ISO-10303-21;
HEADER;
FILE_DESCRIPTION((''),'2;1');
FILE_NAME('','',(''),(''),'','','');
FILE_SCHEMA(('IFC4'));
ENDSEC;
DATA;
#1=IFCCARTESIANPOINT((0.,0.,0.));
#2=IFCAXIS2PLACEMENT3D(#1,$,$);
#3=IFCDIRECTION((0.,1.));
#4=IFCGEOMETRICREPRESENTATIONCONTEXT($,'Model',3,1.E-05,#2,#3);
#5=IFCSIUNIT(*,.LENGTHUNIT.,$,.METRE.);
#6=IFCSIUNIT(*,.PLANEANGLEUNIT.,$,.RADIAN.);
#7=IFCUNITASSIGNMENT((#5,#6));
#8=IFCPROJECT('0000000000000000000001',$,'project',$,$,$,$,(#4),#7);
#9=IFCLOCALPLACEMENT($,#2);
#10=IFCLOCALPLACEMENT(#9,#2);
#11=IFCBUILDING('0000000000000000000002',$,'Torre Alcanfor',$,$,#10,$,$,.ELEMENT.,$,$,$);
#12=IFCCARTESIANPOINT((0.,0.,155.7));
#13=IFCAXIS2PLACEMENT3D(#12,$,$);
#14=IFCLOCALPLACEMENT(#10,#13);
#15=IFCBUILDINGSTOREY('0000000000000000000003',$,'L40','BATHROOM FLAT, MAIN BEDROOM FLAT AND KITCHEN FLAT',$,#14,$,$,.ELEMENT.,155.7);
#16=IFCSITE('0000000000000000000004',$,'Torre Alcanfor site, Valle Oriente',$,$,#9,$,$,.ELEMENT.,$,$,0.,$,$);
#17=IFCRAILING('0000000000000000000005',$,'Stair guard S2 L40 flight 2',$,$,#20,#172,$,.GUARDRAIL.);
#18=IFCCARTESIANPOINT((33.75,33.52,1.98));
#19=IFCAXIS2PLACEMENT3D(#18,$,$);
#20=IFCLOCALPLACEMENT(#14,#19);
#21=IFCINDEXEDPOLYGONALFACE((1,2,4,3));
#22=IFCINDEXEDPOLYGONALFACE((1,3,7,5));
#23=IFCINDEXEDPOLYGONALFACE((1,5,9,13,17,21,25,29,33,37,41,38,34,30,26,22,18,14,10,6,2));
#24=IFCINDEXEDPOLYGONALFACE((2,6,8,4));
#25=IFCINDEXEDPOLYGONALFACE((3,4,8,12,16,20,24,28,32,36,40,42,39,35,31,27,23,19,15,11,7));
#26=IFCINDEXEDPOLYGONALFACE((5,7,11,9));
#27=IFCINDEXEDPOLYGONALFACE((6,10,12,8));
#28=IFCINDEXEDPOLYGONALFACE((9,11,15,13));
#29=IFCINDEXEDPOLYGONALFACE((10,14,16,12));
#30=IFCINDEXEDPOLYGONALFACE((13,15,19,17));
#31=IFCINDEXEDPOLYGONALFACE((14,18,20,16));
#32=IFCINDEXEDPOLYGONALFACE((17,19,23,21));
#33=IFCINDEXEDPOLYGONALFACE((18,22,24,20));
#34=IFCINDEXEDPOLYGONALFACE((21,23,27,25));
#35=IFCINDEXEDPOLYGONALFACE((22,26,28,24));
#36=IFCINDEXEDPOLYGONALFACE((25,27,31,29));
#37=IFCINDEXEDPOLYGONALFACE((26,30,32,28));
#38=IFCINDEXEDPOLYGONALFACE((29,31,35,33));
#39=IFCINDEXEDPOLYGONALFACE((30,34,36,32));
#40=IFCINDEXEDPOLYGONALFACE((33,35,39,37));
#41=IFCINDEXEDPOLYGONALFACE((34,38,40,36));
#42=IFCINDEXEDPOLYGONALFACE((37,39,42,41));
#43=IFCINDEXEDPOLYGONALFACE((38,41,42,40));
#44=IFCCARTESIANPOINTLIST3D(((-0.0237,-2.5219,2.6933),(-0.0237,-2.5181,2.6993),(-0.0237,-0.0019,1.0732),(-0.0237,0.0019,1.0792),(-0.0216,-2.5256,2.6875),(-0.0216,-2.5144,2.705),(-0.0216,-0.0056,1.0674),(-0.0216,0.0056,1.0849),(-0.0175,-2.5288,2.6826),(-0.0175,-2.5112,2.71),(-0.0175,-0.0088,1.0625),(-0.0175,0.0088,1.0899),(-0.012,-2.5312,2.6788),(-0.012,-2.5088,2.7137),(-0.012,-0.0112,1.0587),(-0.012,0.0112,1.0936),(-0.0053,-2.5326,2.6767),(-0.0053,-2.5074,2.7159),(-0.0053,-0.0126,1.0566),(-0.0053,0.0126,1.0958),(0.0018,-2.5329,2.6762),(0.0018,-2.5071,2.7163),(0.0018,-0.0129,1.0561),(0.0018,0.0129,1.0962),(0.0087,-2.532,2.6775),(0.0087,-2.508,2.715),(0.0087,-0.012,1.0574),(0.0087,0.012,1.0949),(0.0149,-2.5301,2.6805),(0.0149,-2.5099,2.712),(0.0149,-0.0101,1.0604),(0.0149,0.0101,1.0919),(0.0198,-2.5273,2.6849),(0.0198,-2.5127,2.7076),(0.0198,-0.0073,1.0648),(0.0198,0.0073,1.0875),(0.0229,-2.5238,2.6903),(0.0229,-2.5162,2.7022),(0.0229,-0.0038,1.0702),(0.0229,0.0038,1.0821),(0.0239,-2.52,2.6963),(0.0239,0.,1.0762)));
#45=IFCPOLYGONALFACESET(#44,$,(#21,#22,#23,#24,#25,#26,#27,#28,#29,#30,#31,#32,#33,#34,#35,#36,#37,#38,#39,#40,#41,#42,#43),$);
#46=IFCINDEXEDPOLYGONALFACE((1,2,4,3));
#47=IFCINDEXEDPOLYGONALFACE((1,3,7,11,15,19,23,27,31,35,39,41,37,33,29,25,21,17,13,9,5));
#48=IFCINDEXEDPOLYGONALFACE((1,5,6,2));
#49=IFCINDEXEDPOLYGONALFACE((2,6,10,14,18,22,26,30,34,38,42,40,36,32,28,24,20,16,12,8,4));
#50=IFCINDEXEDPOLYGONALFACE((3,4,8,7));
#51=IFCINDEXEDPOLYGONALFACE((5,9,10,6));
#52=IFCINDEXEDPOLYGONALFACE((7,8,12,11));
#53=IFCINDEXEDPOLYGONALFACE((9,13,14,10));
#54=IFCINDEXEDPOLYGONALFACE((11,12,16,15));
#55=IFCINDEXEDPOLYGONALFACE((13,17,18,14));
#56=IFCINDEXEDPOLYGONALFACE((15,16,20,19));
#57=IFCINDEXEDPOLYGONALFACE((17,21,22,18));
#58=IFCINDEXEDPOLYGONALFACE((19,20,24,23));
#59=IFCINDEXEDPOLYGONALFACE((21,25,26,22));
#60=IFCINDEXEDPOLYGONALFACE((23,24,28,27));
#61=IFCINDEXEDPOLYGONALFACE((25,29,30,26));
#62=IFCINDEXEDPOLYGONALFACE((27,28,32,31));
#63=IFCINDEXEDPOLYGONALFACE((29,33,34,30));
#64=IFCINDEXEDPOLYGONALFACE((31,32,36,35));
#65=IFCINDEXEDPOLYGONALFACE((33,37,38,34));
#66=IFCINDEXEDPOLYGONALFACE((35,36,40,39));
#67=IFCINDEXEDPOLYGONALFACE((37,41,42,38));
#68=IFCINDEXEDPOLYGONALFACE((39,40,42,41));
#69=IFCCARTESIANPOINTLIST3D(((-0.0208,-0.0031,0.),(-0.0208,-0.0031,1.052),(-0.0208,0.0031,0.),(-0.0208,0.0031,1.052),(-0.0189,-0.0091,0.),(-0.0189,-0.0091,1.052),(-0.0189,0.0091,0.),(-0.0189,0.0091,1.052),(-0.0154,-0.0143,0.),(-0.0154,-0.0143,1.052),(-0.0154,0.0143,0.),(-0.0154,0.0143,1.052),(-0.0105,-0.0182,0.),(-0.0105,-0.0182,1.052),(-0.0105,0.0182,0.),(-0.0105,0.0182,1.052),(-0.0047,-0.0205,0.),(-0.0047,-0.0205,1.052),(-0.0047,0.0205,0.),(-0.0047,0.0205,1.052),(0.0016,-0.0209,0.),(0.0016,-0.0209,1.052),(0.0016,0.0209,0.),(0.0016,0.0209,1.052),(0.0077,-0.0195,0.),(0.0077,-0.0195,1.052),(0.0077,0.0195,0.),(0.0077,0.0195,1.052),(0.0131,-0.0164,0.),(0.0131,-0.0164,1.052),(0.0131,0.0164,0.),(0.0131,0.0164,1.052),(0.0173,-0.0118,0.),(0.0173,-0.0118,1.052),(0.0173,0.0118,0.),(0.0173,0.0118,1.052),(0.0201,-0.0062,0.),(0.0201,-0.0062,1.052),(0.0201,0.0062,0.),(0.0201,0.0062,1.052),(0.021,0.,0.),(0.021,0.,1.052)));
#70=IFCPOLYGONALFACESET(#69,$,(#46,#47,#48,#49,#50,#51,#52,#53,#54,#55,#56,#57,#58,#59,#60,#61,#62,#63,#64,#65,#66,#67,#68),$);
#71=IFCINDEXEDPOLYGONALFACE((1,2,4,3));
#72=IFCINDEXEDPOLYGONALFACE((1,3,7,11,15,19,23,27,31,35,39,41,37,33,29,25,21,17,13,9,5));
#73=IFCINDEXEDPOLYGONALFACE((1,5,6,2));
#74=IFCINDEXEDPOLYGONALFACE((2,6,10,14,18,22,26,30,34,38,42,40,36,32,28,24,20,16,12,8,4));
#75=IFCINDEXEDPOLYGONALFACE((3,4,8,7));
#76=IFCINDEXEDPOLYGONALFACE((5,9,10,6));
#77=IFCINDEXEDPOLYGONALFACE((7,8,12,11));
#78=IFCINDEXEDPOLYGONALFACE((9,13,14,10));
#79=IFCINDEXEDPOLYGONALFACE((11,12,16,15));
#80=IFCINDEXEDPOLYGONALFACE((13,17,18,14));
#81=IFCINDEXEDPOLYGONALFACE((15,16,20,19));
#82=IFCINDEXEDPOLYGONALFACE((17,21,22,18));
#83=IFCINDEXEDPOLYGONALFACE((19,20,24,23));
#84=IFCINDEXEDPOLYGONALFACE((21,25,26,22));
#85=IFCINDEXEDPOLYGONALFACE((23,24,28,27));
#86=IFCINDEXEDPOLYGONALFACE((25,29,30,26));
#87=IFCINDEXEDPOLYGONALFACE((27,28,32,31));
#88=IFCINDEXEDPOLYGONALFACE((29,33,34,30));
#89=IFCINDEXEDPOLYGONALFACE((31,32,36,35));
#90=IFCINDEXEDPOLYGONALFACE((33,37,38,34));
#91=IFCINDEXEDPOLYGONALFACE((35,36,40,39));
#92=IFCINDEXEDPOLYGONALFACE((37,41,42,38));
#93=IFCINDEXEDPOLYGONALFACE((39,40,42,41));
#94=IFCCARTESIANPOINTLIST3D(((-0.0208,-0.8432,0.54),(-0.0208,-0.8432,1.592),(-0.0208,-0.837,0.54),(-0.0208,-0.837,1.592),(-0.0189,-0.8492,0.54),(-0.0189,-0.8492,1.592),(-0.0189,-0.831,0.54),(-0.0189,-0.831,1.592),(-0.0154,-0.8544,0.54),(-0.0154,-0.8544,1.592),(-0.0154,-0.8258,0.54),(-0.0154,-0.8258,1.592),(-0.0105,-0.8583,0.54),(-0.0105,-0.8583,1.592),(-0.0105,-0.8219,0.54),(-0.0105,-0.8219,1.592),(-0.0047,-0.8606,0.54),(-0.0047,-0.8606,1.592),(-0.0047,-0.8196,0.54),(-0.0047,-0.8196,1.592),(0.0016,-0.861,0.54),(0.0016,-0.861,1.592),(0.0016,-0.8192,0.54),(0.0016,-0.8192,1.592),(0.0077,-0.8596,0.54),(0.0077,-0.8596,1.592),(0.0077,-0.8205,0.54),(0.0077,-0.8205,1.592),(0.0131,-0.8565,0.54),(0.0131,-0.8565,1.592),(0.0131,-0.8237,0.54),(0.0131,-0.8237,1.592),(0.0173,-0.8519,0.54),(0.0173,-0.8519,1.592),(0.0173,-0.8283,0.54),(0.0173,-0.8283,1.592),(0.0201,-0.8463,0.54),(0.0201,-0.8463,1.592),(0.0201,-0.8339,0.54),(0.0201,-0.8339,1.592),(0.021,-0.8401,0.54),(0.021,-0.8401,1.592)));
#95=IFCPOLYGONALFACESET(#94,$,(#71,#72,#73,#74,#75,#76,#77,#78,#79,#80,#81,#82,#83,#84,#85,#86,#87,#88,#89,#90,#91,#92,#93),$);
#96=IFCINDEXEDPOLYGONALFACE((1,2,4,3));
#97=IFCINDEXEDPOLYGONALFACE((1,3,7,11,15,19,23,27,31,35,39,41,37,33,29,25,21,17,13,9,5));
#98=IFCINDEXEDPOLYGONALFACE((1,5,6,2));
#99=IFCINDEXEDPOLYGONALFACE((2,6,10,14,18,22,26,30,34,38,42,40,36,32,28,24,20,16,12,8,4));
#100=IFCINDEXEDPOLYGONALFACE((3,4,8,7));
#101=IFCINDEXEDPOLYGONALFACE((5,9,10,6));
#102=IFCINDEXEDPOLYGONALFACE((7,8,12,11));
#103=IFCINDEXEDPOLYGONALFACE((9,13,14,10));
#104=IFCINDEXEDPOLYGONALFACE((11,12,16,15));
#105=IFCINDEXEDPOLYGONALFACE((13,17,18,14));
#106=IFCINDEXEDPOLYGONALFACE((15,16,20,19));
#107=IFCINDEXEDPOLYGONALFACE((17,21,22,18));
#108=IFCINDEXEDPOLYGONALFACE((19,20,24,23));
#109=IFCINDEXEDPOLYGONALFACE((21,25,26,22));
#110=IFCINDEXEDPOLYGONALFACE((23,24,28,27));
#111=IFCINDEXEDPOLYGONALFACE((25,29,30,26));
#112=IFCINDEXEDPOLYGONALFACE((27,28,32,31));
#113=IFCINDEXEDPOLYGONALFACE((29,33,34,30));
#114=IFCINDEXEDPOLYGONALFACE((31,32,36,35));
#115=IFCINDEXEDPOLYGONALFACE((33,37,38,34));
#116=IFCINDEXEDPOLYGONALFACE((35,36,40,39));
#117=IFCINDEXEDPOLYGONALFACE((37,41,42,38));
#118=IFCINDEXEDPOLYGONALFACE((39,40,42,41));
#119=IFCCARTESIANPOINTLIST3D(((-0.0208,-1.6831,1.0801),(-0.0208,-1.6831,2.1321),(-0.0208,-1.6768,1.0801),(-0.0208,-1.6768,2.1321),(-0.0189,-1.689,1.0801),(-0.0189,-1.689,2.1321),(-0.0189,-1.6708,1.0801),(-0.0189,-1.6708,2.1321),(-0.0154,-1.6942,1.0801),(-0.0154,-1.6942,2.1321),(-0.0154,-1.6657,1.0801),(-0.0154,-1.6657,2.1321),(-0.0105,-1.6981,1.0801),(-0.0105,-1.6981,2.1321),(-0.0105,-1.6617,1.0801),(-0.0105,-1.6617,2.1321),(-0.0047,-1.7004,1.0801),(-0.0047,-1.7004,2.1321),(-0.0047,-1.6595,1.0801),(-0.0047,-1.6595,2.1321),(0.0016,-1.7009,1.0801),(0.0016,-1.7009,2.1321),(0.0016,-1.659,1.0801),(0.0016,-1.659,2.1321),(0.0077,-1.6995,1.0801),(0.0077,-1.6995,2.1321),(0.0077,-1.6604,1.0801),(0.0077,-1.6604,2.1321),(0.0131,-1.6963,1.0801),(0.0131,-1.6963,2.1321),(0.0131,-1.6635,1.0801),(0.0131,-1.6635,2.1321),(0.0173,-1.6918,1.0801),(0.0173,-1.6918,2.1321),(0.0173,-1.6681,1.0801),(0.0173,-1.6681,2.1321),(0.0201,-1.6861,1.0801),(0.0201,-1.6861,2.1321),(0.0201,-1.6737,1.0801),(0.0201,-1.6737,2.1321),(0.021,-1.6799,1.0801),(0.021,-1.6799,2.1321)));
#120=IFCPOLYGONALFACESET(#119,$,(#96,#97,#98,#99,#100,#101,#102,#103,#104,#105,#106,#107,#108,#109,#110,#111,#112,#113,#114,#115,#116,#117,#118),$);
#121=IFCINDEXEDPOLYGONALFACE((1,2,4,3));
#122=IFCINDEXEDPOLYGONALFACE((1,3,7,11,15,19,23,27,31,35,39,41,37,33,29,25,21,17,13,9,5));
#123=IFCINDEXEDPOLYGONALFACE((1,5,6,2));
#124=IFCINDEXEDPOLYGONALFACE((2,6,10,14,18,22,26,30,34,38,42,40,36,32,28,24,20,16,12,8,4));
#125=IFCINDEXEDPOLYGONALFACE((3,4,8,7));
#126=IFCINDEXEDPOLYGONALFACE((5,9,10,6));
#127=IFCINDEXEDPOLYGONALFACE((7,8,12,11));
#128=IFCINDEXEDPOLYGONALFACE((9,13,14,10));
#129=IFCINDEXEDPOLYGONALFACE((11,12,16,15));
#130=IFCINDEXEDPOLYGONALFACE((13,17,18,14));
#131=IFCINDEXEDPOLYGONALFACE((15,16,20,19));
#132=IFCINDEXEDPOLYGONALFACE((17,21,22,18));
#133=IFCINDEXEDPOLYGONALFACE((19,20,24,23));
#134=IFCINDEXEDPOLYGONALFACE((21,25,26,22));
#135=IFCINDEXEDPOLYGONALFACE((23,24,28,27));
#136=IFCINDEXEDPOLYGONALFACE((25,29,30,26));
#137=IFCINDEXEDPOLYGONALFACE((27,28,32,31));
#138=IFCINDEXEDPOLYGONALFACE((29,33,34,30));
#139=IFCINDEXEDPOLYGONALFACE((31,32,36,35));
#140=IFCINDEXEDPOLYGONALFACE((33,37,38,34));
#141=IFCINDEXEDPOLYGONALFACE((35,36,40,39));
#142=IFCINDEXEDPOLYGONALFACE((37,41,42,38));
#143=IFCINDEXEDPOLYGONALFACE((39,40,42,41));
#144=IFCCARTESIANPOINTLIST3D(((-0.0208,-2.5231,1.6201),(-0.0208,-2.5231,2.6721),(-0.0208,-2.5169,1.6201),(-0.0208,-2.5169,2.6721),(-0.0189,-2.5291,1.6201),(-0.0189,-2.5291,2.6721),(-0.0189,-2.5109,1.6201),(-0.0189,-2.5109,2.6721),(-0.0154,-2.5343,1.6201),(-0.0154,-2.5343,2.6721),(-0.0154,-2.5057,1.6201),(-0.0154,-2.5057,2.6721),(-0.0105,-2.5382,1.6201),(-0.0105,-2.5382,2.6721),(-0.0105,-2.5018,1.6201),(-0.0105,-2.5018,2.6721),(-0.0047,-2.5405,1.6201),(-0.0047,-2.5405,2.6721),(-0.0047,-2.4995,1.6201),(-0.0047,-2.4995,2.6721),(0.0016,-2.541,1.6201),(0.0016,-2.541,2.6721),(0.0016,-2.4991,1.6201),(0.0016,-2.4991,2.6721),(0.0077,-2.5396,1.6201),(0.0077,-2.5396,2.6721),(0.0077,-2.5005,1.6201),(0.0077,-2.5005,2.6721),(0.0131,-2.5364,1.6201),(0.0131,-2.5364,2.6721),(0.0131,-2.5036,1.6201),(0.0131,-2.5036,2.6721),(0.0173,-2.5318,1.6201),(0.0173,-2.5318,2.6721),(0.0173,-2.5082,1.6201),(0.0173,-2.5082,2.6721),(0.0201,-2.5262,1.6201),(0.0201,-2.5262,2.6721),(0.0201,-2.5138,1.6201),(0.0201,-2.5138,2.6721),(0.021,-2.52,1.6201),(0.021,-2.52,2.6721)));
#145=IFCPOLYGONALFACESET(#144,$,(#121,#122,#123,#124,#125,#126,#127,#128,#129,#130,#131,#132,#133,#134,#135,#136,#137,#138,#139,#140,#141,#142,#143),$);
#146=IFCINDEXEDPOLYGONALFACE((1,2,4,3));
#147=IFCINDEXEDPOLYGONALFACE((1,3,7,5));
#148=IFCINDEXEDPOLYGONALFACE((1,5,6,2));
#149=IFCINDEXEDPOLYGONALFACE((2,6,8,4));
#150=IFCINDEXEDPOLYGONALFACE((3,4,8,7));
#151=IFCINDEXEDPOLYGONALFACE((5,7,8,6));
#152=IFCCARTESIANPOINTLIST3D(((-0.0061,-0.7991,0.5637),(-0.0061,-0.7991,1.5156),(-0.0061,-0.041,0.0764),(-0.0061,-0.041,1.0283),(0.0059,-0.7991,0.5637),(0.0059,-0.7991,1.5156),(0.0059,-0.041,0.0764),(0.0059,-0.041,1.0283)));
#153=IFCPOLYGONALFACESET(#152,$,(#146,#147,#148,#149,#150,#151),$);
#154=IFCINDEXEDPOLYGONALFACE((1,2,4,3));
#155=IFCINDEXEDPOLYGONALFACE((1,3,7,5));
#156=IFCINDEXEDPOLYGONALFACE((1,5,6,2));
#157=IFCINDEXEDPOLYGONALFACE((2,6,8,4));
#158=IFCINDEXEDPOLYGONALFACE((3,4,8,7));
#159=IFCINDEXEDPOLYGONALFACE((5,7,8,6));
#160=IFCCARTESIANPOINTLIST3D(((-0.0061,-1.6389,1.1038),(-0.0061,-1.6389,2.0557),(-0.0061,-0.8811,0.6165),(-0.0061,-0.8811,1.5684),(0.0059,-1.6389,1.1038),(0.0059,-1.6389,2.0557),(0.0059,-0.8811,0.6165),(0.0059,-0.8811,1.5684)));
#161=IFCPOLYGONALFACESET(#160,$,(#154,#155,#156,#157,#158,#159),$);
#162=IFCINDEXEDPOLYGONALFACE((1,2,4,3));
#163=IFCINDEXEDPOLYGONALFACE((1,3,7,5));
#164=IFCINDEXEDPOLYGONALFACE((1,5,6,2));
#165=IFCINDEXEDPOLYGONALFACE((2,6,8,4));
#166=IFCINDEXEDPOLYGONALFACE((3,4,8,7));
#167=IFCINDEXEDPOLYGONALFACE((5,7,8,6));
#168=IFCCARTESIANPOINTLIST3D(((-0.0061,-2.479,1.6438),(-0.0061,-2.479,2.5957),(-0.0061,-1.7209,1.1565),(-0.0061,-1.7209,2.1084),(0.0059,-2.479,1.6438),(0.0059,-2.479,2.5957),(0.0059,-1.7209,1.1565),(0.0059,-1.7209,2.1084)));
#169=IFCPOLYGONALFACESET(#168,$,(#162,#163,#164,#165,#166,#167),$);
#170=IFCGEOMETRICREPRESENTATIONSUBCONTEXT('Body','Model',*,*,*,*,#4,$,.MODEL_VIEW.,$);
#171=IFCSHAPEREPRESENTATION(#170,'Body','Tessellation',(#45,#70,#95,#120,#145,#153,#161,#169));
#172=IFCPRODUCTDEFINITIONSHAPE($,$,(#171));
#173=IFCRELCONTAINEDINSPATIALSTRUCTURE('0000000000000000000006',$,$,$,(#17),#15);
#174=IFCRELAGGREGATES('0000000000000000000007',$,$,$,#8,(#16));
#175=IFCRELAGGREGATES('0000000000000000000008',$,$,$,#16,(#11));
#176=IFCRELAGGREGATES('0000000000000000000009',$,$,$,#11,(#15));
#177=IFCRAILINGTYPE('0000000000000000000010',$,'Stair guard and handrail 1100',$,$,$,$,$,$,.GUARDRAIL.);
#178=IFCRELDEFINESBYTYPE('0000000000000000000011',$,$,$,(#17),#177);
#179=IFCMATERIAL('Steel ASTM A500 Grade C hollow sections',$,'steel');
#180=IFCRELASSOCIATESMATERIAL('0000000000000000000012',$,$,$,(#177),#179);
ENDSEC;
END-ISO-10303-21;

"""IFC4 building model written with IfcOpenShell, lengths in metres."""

from ifc_helpers import new_model, si_unit, direction, frame, origin, origin_2d, place, context, subcontext, project, spatial, polyline, circle, outline, extrude, material, type_object, element, save


model = new_model("IFC4")

# Units and contexts
model_context = context("Model", 3, precision=1e-05, world=origin(), true_north=direction((0.0, 1.0)))
body_context = subcontext(model_context, "Body", "Model", "MODEL_VIEW")
ifc_project = project(units=[si_unit("LENGTHUNIT", "METRE"), si_unit("PLANEANGLEUNIT", "RADIAN")], contexts=[model_context])

# Site, building, storey
site_placement = place(None, origin())
site = spatial("IfcSite", under=ifc_project, at=site_placement, Name="Torre Alcanfor site, Valle Oriente", CompositionType="ELEMENT", RefElevation=0.0)
building_placement = place(site_placement, origin())
building = spatial("IfcBuilding", under=site, at=building_placement, Name="Torre Alcanfor", CompositionType="ELEMENT")
storey_placement = place(building_placement, frame((0.0, 0.0, 155.7)))
storey = spatial("IfcBuildingStorey", under=building, at=storey_placement, Name="L40", Description="BATHROOM FLAT, MAIN BEDROOM FLAT AND KITCHEN FLAT", CompositionType="ELEMENT", Elevation=155.7)

# Railing
ifc_material_1 = material(Name="Steel ASTM A500 Grade C hollow sections", Category="steel")
railing_type_1 = type_object("IfcRailingType", Name="Stair guard and handrail 1100", PredefinedType="GUARDRAIL", material=ifc_material_1)
railing_1_placement = place(storey_placement, frame((33.75, 33.52, 1.98)))
element("IfcRailing", 1, at=railing_1_placement, inside=storey, type_object=railing_type_1, Name="Stair guard S2 L40 flight 2", PredefinedType="GUARDRAIL", context=body_context, shape_type="SweptSolid", body=[
    extrude(circle(Radius=0.0239, at=origin_2d()), frame((0.0, 0.0, 1.0762), z_axis=(0.0, -0.841163, 0.540782), x_axis=(1.0, 0.0, 0.0)), (0.0, 0.0, 1.0), 2.9958),
    extrude(circle(Radius=0.021, at=origin_2d()), origin(), (0.0, 0.0, 1.0), 1.052),
    extrude(circle(Radius=0.021, at=origin_2d()), frame((0.0, -0.8401, 0.54)), (0.0, 0.0, 1.0), 1.052),
    extrude(circle(Radius=0.021, at=origin_2d()), frame((0.0, -1.6799, 1.0801)), (0.0, 0.0, 1.0), 1.052),
    extrude(circle(Radius=0.021, at=origin_2d()), frame((0.0, -2.52, 1.6201)), (0.0, 0.0, 1.0), 1.052),
    extrude(outline(polyline([(0.041, 0.0764), (0.7991, 0.5637), (0.7991, 1.5156), (0.041, 1.0283), (0.041, 0.0764)])), frame((0.0059, 0.0, 0.0), z_axis=(-1.0, 0.0, 0.0), x_axis=(0.0, -1.0, 0.0)), (0.0, 0.0, 1.0), 0.012),
    extrude(outline(polyline([(0.8811, 0.6165), (1.6389, 1.1038), (1.6389, 2.0557), (0.8811, 1.5684), (0.8811, 0.6165)])), frame((0.0059, 0.0, 0.0), z_axis=(-1.0, 0.0, 0.0), x_axis=(0.0, -1.0, 0.0)), (0.0, 0.0, 1.0), 0.012),
    extrude(outline(polyline([(1.7209, 1.1565), (2.479, 1.6438), (2.479, 2.5957), (1.7209, 2.1084), (1.7209, 1.1565)])), frame((0.0059, 0.0, 0.0), z_axis=(-1.0, 0.0, 0.0), x_axis=(0.0, -1.0, 0.0)), (0.0, 0.0, 1.0), 0.012),
])

save(model, "model.ifc")
